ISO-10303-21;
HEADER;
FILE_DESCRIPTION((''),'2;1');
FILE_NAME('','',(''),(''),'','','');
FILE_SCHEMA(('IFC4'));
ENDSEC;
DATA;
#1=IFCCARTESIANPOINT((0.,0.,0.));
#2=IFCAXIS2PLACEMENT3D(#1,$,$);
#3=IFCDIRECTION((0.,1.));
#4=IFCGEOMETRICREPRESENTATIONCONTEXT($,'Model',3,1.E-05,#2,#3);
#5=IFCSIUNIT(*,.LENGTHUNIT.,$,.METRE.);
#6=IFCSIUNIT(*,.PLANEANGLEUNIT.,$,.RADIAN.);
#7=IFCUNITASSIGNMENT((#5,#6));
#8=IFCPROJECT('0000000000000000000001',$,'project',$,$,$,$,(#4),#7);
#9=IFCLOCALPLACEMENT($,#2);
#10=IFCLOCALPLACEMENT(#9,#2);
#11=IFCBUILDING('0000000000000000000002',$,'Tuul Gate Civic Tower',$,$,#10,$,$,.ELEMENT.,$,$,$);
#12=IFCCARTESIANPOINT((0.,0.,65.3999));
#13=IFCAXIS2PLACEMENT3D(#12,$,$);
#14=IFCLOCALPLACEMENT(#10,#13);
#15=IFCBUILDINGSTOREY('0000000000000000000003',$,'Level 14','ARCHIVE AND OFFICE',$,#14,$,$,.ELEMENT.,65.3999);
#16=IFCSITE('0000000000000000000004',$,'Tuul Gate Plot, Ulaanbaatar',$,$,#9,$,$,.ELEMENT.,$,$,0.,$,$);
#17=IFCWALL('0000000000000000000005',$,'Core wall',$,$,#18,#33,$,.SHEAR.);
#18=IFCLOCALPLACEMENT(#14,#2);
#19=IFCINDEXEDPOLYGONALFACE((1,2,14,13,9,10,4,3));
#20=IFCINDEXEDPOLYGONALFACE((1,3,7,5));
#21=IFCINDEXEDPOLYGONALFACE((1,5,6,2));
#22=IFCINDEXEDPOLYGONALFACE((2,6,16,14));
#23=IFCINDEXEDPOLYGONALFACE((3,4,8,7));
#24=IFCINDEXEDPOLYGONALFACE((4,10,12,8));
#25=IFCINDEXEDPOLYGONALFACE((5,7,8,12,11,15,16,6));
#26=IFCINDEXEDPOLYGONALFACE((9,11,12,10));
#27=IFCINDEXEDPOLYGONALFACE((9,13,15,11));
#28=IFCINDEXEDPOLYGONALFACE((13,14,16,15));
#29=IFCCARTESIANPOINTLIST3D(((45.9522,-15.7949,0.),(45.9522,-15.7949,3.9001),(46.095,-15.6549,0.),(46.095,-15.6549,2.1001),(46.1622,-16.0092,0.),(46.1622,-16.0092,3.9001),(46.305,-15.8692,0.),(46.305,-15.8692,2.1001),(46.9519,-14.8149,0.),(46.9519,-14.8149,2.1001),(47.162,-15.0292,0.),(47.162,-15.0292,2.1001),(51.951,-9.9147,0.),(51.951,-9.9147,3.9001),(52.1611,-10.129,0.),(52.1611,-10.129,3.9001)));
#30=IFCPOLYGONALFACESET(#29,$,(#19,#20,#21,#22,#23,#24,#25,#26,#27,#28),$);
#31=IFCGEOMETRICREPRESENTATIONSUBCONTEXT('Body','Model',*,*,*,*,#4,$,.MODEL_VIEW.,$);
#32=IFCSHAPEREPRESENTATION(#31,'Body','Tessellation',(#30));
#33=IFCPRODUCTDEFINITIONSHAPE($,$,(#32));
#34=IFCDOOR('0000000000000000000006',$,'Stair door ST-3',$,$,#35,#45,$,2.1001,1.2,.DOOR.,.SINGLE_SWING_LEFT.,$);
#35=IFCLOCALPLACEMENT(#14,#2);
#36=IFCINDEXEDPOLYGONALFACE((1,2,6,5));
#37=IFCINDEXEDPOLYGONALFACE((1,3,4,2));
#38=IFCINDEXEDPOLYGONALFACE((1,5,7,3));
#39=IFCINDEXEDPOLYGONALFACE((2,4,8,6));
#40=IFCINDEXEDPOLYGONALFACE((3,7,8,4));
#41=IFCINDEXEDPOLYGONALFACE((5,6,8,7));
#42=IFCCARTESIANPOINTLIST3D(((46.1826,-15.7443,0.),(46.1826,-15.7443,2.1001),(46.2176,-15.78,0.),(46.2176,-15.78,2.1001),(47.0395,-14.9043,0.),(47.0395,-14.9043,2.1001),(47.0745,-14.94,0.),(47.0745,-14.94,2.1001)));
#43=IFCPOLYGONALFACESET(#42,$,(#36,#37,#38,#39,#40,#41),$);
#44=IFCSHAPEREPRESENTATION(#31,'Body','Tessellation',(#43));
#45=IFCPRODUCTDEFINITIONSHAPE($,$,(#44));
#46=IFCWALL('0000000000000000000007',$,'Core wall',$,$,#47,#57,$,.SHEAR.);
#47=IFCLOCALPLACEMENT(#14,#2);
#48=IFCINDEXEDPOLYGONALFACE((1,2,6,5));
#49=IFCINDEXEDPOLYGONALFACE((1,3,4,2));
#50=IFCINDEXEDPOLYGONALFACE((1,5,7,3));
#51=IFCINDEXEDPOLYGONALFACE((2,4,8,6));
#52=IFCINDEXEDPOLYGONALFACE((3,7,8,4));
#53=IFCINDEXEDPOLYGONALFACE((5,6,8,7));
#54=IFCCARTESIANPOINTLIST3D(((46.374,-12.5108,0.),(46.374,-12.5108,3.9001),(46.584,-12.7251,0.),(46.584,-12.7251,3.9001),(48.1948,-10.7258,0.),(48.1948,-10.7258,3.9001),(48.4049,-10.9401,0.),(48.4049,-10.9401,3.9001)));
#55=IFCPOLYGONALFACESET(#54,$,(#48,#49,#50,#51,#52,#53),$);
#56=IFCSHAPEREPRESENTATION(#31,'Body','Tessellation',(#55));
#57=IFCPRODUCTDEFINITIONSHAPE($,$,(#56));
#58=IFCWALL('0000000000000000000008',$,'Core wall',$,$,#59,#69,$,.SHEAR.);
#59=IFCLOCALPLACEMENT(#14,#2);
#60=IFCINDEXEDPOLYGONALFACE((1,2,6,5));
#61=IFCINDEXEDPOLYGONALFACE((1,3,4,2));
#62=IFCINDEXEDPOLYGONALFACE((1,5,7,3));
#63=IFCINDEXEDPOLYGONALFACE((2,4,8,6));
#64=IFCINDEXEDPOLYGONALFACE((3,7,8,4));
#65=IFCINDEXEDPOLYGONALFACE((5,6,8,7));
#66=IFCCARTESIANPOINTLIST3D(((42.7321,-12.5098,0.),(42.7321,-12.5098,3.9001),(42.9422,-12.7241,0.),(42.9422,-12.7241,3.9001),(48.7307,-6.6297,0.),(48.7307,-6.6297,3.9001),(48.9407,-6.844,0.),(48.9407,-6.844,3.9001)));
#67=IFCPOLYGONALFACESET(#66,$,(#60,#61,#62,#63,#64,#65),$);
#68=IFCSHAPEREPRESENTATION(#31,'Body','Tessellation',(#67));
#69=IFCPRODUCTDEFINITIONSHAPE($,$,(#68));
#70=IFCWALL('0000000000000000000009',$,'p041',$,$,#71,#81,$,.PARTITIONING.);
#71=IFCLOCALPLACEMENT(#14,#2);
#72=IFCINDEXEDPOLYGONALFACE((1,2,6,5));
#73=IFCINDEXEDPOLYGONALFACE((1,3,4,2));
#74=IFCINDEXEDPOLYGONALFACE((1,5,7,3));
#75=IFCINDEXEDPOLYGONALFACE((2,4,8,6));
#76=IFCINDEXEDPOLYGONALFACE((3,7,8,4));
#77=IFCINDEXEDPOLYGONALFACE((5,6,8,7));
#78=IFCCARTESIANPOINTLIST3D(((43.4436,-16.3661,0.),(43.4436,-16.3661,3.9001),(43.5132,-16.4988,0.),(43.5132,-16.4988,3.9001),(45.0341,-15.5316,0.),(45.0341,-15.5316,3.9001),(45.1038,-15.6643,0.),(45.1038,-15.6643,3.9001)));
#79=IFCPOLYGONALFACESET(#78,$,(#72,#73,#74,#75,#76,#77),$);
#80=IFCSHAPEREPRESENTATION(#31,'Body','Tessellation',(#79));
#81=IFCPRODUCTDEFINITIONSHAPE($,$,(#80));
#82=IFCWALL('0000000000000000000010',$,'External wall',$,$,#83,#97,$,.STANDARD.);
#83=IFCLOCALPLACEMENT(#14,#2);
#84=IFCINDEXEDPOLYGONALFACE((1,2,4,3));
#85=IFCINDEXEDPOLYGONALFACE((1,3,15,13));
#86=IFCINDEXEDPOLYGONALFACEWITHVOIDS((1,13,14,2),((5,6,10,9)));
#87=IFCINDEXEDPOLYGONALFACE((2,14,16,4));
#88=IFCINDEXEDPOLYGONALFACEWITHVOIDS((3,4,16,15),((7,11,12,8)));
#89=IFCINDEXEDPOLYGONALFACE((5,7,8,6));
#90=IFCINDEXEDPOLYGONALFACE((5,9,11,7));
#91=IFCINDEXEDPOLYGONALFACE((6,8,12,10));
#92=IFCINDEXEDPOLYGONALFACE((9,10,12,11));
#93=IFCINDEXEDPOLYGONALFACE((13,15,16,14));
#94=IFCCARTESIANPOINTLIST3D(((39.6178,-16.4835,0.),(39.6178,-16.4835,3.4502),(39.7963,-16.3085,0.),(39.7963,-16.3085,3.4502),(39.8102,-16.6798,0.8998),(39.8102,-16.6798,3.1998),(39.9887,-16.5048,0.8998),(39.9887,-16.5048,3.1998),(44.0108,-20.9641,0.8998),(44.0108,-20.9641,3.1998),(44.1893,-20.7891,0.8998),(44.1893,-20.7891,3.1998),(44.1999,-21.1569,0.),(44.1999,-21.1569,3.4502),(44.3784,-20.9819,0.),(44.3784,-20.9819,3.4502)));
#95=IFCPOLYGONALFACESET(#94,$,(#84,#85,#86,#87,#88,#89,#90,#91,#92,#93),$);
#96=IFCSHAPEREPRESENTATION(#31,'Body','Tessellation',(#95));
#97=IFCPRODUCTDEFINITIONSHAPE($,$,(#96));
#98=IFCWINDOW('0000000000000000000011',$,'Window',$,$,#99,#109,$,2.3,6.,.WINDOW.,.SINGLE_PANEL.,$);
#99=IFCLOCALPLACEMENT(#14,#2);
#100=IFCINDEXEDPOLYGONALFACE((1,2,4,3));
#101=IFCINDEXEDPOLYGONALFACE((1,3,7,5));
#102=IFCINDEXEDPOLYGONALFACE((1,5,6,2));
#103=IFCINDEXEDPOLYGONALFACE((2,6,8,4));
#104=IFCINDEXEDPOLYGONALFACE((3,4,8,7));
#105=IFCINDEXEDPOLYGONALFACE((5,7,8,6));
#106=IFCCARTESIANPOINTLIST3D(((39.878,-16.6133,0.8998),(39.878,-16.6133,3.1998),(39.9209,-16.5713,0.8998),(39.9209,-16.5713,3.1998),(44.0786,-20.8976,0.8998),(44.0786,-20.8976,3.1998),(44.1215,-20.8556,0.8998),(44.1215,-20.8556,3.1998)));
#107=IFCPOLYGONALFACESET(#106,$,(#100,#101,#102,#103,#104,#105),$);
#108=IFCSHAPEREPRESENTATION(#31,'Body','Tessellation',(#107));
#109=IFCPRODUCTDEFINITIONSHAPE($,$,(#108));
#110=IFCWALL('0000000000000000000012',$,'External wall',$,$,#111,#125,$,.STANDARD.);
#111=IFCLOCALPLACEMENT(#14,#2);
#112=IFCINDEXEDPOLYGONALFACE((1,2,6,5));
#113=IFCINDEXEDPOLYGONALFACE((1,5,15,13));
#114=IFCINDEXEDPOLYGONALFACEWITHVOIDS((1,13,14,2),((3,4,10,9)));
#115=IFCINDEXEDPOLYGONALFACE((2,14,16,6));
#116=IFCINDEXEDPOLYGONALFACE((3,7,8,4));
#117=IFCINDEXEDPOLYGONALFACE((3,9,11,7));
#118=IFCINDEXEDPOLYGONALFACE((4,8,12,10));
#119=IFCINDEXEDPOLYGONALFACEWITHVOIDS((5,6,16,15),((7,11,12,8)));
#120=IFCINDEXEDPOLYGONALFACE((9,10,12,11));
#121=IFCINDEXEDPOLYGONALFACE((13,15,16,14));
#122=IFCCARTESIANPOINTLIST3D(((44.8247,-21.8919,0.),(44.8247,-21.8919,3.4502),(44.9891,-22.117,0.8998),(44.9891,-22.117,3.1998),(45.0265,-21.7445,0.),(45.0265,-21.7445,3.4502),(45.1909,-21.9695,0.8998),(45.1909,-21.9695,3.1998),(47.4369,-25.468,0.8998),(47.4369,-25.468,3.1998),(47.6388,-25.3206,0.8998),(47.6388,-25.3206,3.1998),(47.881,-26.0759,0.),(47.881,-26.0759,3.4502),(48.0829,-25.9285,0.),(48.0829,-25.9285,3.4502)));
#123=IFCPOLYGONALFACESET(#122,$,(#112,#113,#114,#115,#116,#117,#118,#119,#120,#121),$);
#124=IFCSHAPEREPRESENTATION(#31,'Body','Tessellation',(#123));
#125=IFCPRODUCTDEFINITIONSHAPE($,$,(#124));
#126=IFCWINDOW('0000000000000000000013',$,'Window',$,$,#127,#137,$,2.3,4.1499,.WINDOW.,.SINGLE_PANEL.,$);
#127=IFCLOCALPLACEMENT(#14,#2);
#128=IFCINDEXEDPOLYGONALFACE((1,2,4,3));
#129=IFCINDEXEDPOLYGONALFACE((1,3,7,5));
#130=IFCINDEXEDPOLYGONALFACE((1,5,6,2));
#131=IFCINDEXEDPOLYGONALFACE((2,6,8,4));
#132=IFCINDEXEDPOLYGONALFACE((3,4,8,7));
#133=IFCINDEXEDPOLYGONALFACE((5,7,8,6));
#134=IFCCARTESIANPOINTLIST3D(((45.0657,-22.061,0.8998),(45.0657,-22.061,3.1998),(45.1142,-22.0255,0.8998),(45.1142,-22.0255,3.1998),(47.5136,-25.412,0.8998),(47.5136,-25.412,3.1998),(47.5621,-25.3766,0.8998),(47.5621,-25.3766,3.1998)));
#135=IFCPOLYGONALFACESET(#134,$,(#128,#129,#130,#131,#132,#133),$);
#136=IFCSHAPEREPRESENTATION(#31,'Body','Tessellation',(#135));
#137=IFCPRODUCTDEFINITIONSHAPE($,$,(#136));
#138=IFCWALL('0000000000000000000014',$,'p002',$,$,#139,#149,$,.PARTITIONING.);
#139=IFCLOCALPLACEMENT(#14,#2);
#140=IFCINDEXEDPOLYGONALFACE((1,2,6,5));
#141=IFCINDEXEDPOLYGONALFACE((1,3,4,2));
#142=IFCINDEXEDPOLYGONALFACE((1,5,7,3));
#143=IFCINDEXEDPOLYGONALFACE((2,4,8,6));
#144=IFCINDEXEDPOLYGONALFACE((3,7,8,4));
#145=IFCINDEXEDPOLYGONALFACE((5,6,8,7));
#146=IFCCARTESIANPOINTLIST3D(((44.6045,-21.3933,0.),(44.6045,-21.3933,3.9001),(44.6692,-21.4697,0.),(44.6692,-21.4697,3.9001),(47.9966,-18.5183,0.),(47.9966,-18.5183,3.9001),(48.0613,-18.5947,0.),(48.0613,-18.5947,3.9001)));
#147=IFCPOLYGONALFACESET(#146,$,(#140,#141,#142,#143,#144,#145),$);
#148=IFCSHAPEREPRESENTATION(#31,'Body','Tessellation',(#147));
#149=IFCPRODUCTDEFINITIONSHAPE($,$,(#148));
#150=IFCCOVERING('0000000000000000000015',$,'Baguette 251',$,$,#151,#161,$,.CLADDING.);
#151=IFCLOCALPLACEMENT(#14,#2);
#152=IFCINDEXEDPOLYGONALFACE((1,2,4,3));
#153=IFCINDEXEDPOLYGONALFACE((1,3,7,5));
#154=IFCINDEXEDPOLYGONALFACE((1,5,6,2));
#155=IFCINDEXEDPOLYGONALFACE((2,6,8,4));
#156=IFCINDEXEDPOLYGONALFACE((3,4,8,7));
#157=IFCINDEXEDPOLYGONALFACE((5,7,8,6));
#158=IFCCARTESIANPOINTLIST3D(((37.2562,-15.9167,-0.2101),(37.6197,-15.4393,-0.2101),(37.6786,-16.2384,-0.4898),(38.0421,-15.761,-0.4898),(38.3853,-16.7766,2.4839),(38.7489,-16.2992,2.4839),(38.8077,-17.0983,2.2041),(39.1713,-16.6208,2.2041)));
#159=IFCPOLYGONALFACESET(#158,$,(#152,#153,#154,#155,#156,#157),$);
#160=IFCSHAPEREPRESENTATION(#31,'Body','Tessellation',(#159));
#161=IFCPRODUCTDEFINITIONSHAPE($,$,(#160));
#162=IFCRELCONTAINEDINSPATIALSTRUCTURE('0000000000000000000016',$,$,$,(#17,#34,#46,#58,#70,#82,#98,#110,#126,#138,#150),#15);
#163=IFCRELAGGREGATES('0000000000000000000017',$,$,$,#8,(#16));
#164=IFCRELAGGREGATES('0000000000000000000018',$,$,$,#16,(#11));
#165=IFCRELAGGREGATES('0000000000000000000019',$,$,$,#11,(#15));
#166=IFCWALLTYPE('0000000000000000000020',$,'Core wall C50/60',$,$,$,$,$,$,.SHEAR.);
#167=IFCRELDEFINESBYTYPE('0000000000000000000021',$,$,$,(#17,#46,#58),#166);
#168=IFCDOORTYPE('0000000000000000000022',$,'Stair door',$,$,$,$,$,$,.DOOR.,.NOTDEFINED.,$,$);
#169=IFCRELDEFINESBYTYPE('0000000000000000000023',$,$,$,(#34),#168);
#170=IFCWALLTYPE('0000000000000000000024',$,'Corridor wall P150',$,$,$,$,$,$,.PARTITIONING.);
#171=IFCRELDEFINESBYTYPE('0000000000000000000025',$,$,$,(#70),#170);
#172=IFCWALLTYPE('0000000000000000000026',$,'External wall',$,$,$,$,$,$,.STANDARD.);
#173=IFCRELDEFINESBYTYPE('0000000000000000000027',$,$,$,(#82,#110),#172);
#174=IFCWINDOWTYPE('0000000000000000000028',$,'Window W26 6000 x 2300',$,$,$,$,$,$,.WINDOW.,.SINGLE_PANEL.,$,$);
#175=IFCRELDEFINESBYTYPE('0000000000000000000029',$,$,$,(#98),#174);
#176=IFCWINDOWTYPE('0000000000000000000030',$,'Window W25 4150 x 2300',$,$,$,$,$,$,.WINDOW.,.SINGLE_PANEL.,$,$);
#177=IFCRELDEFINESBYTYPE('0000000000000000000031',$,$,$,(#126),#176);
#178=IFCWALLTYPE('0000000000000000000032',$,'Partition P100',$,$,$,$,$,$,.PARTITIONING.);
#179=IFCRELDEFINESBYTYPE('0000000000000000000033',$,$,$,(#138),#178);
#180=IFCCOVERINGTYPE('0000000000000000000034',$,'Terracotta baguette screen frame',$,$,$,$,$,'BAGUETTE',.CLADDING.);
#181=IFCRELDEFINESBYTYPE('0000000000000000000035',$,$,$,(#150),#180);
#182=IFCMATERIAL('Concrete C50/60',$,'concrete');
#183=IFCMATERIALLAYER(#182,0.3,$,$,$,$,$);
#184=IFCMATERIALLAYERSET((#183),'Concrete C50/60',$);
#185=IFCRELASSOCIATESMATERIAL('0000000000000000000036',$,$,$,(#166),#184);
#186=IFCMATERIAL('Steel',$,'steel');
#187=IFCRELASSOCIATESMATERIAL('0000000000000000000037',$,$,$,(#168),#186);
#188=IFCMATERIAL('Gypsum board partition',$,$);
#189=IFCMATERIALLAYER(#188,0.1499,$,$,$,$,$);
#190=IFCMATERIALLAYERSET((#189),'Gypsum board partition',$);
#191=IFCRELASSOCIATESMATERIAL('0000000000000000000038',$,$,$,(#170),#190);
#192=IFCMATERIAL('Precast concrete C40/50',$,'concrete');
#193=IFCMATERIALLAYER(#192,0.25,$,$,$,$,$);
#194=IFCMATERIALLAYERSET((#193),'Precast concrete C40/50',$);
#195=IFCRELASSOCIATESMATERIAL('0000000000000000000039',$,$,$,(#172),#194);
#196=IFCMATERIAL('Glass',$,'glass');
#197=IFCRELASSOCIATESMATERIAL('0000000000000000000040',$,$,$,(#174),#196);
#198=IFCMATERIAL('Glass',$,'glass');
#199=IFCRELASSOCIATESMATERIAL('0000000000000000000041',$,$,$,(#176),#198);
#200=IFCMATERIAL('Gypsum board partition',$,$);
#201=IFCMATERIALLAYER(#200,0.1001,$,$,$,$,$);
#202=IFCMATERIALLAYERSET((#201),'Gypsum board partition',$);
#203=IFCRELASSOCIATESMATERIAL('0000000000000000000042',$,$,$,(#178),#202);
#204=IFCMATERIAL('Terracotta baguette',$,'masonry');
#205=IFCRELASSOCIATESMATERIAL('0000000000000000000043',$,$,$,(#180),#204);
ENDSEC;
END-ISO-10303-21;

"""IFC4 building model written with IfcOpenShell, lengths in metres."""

from ifc_helpers import new_model, si_unit, direction, frame, frame_2d, origin, origin_2d, place, context, subcontext, project, spatial, rectangle, extrude, material, layer, layer_set, material_profile, profile_set, type_object, element, fill, save


model = new_model("IFC4")

# Units and contexts
model_context = context("Model", 3, precision=1e-05, world=origin(), true_north=direction((0.0, 1.0)))
body_context = subcontext(model_context, "Body", "Model", "MODEL_VIEW")
ifc_project = project(units=[si_unit("LENGTHUNIT", "METRE"), si_unit("PLANEANGLEUNIT", "RADIAN")], contexts=[model_context])

# Site, building, storey
site_placement = place(None, origin())
site = spatial("IfcSite", under=ifc_project, at=site_placement, Name="Tuul Gate Plot, Ulaanbaatar", CompositionType="ELEMENT", RefElevation=0.0)
building_placement = place(site_placement, origin())
building = spatial("IfcBuilding", under=site, at=building_placement, Name="Tuul Gate Civic Tower", CompositionType="ELEMENT")
storey_placement = place(building_placement, frame((0.0, 0.0, 65.3999)))
storey = spatial("IfcBuildingStorey", under=building, at=storey_placement, Name="Level 14", Description="ARCHIVE AND OFFICE", CompositionType="ELEMENT", Elevation=65.3999)

# Shared definitions
ifc_material_1 = material(Name="Concrete C50/60", Category="concrete")
ifc_layer_1 = layer(ifc_material_1, 0.3)
ifc_layer_set_1 = layer_set([ifc_layer_1], Name="Concrete C50/60")
wall_type_1 = type_object("IfcWallType", Name="Core wall C50/60", PredefinedType="SHEAR", material=ifc_layer_set_1)

# Wall, opening, door
wall_1_placement = place(storey_placement, frame((46.0571, -15.9021, 0.0), z_axis=(0.0, 0.0, 1.0), x_axis=(0.714134, 0.700009, 0.0)))
wall_1 = element("IfcWall", 1, at=wall_1_placement, inside=storey, type_object=wall_type_1, Name="Core wall", PredefinedType="SHEAR", context=body_context, shape_type="SweptSolid", body=[
    extrude(rectangle(XDim=8.4001, YDim=0.3, at=frame_2d((4.2002, 0.0))), origin(), (0.0, 0.0, 1.0), 3.9001),
])
opening_1_placement = place(wall_1_placement, frame((0.2, 0.0, 0.0)))
opening_1 = element("IfcOpeningElement", 2, at=opening_1_placement, cuts=wall_1, PredefinedType="OPENING", context=body_context, shape_type="SweptSolid", body=[
    extrude(rectangle(XDim=1.2, YDim=2.1001, at=frame_2d((0.6001, 1.05))), frame((0.0, 0.1602, 0.0), z_axis=(0.0, -1.0, 0.0), x_axis=(1.0, 0.0, 0.0)), (0.0, 0.0, 1.0), 0.3201),
])
ifc_material_2 = material(Name="Steel", Category="steel")
door_type_1 = type_object("IfcDoorType", Name="Stair door", OperationType="NOTDEFINED", PredefinedType="DOOR", material=ifc_material_2)
door_1_placement = place(opening_1_placement, origin())
door_1 = element("IfcDoor", 3, at=door_1_placement, inside=storey, type_object=door_type_1, Name="Stair door ST-3", OperationType="SINGLE_SWING_LEFT", OverallHeight=2.1001, OverallWidth=1.2, PredefinedType="DOOR", context=body_context, shape_type="SweptSolid", body=[
    extrude(rectangle(XDim=1.2, YDim=2.1001, at=frame_2d((0.6001, 1.05))), frame((0.0, 0.0249, 0.0), z_axis=(0.0, -1.0, 0.0), x_axis=(1.0, 0.0, 0.0)), (0.0, 0.0, 1.0), 0.05),
])
fill(opening_1, door_1)

# Walls
wall_2_placement = place(storey_placement, frame((46.479, -12.6179, 0.0), z_axis=(0.0, 0.0, 1.0), x_axis=(0.714109, 0.700034, 0.0)))
element("IfcWall", 4, at=wall_2_placement, inside=storey, type_object=wall_type_1, Name="Core wall", PredefinedType="SHEAR", context=body_context, shape_type="SweptSolid", body=[
    extrude(rectangle(XDim=2.5498, YDim=0.3, at=frame_2d((1.2749, 0.0))), origin(), (0.0, 0.0, 1.0), 3.9001),
])
wall_3_placement = place(storey_placement, frame((42.8372, -12.6169, 0.0), z_axis=(0.0, 0.0, 1.0), x_axis=(0.71412, 0.700023, 0.0)))
element("IfcWall", 5, at=wall_3_placement, inside=storey, type_object=wall_type_1, Name="Core wall", PredefinedType="SHEAR", context=body_context, shape_type="SweptSolid", body=[
    extrude(rectangle(XDim=8.3999, YDim=0.3, at=frame_2d((4.2, 0.0))), origin(), (0.0, 0.0, 1.0), 3.9001),
])
ifc_material_3 = material(Name="Gypsum board partition")
ifc_layer_2 = layer(ifc_material_3, 0.1499)
ifc_layer_set_2 = layer_set([ifc_layer_2], Name="Gypsum board partition")
wall_type_2 = type_object("IfcWallType", Name="Corridor wall P150", PredefinedType="PARTITIONING", material=ifc_layer_set_2)
wall_4_placement = place(storey_placement, frame((43.4785, -16.4324, 0.0), z_axis=(0.0, 0.0, 1.0), x_axis=(0.885531, 0.464581, 0.0)))
element("IfcWall", 6, at=wall_4_placement, inside=storey, type_object=wall_type_2, Name="p041", PredefinedType="PARTITIONING", context=body_context, shape_type="SweptSolid", body=[
    extrude(rectangle(XDim=1.7961, YDim=0.1499, at=frame_2d((0.8979, 0.0))), origin(), (0.0, 0.0, 1.0), 3.9001),
])

# Walls, openings, windows
ifc_material_4 = material(Name="Precast concrete C40/50", Category="concrete")
ifc_layer_3 = layer(ifc_material_4, 0.25)
ifc_layer_set_3 = layer_set([ifc_layer_3], Name="Precast concrete C40/50")
wall_type_3 = type_object("IfcWallType", Name="External wall", PredefinedType="STANDARD", material=ifc_layer_set_3)
wall_5_placement = place(storey_placement, frame((39.707, -16.396, 0.0), z_axis=(0.0, 0.0, 1.0), x_axis=(0.700097, -0.714048, 0.0)))
wall_5 = element("IfcWall", 7, at=wall_5_placement, inside=storey, type_object=wall_type_3, Name="External wall", PredefinedType="STANDARD", context=body_context, shape_type="SweptSolid", body=[
    extrude(rectangle(XDim=6.5449, YDim=0.25, at=frame_2d((3.2725, 0.0))), origin(), (0.0, 0.0, 1.0), 3.4502),
])
opening_2_placement = place(wall_5_placement, frame((0.2749, 0.0, 0.8999)))
opening_2 = element("IfcOpeningElement", 8, at=opening_2_placement, cuts=wall_5, PredefinedType="OPENING", context=body_context, shape_type="SweptSolid", body=[
    extrude(rectangle(XDim=6.0, YDim=2.3, at=frame_2d((3.0, 1.1499))), frame((0.0, 0.135, 0.0), z_axis=(0.0, -1.0, 0.0), x_axis=(1.0, 0.0, 0.0)), (0.0, 0.0, 1.0), 0.27),
])
ifc_material_5 = material(Name="Glass", Category="glass")
window_type_1 = type_object("IfcWindowType", Name="Window W26 6000 x 2300", PartitioningType="SINGLE_PANEL", PredefinedType="WINDOW", material=ifc_material_5)
window_1_placement = place(opening_2_placement, origin())
window_1 = element("IfcWindow", 9, at=window_1_placement, inside=storey, type_object=window_type_1, Name="Window", OverallHeight=2.3, OverallWidth=6.0, PartitioningType="SINGLE_PANEL", PredefinedType="WINDOW", context=body_context, shape_type="SweptSolid", body=[
    extrude(rectangle(XDim=6.0, YDim=2.3, at=frame_2d((3.0, 1.1499))), frame((0.0, 0.03, 0.0), z_axis=(0.0, -1.0, 0.0), x_axis=(1.0, 0.0, 0.0)), (0.0, 0.0, 1.0), 0.0601),
])
fill(opening_2, window_1)
wall_6_placement = place(storey_placement, frame((44.9255, -21.8181, 0.0), z_axis=(0.0, 0.0, 1.0), x_axis=(0.589865, -0.807502, 0.0)))
wall_6 = element("IfcWall", 10, at=wall_6_placement, inside=storey, type_object=wall_type_3, Name="External wall", PredefinedType="STANDARD", context=body_context, shape_type="SweptSolid", body=[
    extrude(rectangle(XDim=5.1814, YDim=0.25, at=frame_2d((2.5908, 0.0))), origin(), (0.0, 0.0, 1.0), 3.4502),
])
opening_3_placement = place(wall_6_placement, frame((0.2788, 0.0, 0.8999)))
opening_3 = element("IfcOpeningElement", 11, at=opening_3_placement, cuts=wall_6, PredefinedType="OPENING", context=body_context, shape_type="SweptSolid", body=[
    extrude(rectangle(XDim=4.1499, YDim=2.3, at=frame_2d((2.075, 1.1499))), frame((0.0, 0.135, 0.0), z_axis=(0.0, -1.0, 0.0), x_axis=(1.0, 0.0, 0.0)), (0.0, 0.0, 1.0), 0.27),
])
ifc_material_6 = material(Name="Glass", Category="glass")
window_type_2 = type_object("IfcWindowType", Name="Window W25 4150 x 2300", PartitioningType="SINGLE_PANEL", PredefinedType="WINDOW", material=ifc_material_6)
window_2_placement = place(opening_3_placement, origin())
window_2 = element("IfcWindow", 12, at=window_2_placement, inside=storey, type_object=window_type_2, Name="Window", OverallHeight=2.3, OverallWidth=4.1499, PartitioningType="SINGLE_PANEL", PredefinedType="WINDOW", context=body_context, shape_type="SweptSolid", body=[
    extrude(rectangle(XDim=4.1499, YDim=2.3, at=frame_2d((2.075, 1.1499))), frame((0.0, 0.03, 0.0), z_axis=(0.0, -1.0, 0.0), x_axis=(1.0, 0.0, 0.0)), (0.0, 0.0, 1.0), 0.0601),
])
fill(opening_3, window_2)

# Wall
ifc_material_7 = material(Name="Gypsum board partition")
ifc_layer_4 = layer(ifc_material_7, 0.1001)
ifc_layer_set_4 = layer_set([ifc_layer_4], Name="Gypsum board partition")
wall_type_4 = type_object("IfcWallType", Name="Partition P100", PredefinedType="PARTITIONING", material=ifc_layer_set_4)
wall_7_placement = place(storey_placement, frame((44.637, -21.4314, 0.0), z_axis=(0.0, 0.0, 1.0), x_axis=(0.762857, 0.646567, 0.0)))
element("IfcWall", 13, at=wall_7_placement, inside=storey, type_object=wall_type_4, Name="p002", PredefinedType="PARTITIONING", context=body_context, shape_type="SweptSolid", body=[
    extrude(rectangle(XDim=4.4465, YDim=0.1001, at=frame_2d((2.2231, 0.0))), origin(), (0.0, 0.0, 1.0), 3.9001),
])

# Covering
ifc_material_8 = material(Name="Terracotta baguette", Category="masonry")
ifc_material_profile_1 = material_profile(ifc_material_8, rectangle(XDim=0.6001, YDim=0.6001, at=origin_2d()), Name="Terracotta baguette screen frame")
ifc_profile_set_1 = profile_set([ifc_material_profile_1], Name="Terracotta baguette")
covering_type = type_object("IfcCoveringType", Name="Terracotta baguette screen frame", ElementType="BAGUETTE", PredefinedType="CLADDING", material=ifc_profile_set_1)
covering_1_placement = place(storey_placement, frame((38.7783, -16.6987, 2.344), z_axis=(-0.370838, 0.282398, -0.88472), x_axis=(-0.605846, -0.795582, 0.0)))
element("IfcCovering", 14, at=covering_1_placement, inside=storey, type_object=covering_type, Name="Baguette 251", PredefinedType="CLADDING", context=body_context, shape_type="SweptSolid", body=[
    extrude(rectangle(XDim=0.6001, YDim=0.6001, at=origin_2d()), origin(), (0.0, 0.0, 1.0), 3.0449),
])

save(model, "model.ifc")
